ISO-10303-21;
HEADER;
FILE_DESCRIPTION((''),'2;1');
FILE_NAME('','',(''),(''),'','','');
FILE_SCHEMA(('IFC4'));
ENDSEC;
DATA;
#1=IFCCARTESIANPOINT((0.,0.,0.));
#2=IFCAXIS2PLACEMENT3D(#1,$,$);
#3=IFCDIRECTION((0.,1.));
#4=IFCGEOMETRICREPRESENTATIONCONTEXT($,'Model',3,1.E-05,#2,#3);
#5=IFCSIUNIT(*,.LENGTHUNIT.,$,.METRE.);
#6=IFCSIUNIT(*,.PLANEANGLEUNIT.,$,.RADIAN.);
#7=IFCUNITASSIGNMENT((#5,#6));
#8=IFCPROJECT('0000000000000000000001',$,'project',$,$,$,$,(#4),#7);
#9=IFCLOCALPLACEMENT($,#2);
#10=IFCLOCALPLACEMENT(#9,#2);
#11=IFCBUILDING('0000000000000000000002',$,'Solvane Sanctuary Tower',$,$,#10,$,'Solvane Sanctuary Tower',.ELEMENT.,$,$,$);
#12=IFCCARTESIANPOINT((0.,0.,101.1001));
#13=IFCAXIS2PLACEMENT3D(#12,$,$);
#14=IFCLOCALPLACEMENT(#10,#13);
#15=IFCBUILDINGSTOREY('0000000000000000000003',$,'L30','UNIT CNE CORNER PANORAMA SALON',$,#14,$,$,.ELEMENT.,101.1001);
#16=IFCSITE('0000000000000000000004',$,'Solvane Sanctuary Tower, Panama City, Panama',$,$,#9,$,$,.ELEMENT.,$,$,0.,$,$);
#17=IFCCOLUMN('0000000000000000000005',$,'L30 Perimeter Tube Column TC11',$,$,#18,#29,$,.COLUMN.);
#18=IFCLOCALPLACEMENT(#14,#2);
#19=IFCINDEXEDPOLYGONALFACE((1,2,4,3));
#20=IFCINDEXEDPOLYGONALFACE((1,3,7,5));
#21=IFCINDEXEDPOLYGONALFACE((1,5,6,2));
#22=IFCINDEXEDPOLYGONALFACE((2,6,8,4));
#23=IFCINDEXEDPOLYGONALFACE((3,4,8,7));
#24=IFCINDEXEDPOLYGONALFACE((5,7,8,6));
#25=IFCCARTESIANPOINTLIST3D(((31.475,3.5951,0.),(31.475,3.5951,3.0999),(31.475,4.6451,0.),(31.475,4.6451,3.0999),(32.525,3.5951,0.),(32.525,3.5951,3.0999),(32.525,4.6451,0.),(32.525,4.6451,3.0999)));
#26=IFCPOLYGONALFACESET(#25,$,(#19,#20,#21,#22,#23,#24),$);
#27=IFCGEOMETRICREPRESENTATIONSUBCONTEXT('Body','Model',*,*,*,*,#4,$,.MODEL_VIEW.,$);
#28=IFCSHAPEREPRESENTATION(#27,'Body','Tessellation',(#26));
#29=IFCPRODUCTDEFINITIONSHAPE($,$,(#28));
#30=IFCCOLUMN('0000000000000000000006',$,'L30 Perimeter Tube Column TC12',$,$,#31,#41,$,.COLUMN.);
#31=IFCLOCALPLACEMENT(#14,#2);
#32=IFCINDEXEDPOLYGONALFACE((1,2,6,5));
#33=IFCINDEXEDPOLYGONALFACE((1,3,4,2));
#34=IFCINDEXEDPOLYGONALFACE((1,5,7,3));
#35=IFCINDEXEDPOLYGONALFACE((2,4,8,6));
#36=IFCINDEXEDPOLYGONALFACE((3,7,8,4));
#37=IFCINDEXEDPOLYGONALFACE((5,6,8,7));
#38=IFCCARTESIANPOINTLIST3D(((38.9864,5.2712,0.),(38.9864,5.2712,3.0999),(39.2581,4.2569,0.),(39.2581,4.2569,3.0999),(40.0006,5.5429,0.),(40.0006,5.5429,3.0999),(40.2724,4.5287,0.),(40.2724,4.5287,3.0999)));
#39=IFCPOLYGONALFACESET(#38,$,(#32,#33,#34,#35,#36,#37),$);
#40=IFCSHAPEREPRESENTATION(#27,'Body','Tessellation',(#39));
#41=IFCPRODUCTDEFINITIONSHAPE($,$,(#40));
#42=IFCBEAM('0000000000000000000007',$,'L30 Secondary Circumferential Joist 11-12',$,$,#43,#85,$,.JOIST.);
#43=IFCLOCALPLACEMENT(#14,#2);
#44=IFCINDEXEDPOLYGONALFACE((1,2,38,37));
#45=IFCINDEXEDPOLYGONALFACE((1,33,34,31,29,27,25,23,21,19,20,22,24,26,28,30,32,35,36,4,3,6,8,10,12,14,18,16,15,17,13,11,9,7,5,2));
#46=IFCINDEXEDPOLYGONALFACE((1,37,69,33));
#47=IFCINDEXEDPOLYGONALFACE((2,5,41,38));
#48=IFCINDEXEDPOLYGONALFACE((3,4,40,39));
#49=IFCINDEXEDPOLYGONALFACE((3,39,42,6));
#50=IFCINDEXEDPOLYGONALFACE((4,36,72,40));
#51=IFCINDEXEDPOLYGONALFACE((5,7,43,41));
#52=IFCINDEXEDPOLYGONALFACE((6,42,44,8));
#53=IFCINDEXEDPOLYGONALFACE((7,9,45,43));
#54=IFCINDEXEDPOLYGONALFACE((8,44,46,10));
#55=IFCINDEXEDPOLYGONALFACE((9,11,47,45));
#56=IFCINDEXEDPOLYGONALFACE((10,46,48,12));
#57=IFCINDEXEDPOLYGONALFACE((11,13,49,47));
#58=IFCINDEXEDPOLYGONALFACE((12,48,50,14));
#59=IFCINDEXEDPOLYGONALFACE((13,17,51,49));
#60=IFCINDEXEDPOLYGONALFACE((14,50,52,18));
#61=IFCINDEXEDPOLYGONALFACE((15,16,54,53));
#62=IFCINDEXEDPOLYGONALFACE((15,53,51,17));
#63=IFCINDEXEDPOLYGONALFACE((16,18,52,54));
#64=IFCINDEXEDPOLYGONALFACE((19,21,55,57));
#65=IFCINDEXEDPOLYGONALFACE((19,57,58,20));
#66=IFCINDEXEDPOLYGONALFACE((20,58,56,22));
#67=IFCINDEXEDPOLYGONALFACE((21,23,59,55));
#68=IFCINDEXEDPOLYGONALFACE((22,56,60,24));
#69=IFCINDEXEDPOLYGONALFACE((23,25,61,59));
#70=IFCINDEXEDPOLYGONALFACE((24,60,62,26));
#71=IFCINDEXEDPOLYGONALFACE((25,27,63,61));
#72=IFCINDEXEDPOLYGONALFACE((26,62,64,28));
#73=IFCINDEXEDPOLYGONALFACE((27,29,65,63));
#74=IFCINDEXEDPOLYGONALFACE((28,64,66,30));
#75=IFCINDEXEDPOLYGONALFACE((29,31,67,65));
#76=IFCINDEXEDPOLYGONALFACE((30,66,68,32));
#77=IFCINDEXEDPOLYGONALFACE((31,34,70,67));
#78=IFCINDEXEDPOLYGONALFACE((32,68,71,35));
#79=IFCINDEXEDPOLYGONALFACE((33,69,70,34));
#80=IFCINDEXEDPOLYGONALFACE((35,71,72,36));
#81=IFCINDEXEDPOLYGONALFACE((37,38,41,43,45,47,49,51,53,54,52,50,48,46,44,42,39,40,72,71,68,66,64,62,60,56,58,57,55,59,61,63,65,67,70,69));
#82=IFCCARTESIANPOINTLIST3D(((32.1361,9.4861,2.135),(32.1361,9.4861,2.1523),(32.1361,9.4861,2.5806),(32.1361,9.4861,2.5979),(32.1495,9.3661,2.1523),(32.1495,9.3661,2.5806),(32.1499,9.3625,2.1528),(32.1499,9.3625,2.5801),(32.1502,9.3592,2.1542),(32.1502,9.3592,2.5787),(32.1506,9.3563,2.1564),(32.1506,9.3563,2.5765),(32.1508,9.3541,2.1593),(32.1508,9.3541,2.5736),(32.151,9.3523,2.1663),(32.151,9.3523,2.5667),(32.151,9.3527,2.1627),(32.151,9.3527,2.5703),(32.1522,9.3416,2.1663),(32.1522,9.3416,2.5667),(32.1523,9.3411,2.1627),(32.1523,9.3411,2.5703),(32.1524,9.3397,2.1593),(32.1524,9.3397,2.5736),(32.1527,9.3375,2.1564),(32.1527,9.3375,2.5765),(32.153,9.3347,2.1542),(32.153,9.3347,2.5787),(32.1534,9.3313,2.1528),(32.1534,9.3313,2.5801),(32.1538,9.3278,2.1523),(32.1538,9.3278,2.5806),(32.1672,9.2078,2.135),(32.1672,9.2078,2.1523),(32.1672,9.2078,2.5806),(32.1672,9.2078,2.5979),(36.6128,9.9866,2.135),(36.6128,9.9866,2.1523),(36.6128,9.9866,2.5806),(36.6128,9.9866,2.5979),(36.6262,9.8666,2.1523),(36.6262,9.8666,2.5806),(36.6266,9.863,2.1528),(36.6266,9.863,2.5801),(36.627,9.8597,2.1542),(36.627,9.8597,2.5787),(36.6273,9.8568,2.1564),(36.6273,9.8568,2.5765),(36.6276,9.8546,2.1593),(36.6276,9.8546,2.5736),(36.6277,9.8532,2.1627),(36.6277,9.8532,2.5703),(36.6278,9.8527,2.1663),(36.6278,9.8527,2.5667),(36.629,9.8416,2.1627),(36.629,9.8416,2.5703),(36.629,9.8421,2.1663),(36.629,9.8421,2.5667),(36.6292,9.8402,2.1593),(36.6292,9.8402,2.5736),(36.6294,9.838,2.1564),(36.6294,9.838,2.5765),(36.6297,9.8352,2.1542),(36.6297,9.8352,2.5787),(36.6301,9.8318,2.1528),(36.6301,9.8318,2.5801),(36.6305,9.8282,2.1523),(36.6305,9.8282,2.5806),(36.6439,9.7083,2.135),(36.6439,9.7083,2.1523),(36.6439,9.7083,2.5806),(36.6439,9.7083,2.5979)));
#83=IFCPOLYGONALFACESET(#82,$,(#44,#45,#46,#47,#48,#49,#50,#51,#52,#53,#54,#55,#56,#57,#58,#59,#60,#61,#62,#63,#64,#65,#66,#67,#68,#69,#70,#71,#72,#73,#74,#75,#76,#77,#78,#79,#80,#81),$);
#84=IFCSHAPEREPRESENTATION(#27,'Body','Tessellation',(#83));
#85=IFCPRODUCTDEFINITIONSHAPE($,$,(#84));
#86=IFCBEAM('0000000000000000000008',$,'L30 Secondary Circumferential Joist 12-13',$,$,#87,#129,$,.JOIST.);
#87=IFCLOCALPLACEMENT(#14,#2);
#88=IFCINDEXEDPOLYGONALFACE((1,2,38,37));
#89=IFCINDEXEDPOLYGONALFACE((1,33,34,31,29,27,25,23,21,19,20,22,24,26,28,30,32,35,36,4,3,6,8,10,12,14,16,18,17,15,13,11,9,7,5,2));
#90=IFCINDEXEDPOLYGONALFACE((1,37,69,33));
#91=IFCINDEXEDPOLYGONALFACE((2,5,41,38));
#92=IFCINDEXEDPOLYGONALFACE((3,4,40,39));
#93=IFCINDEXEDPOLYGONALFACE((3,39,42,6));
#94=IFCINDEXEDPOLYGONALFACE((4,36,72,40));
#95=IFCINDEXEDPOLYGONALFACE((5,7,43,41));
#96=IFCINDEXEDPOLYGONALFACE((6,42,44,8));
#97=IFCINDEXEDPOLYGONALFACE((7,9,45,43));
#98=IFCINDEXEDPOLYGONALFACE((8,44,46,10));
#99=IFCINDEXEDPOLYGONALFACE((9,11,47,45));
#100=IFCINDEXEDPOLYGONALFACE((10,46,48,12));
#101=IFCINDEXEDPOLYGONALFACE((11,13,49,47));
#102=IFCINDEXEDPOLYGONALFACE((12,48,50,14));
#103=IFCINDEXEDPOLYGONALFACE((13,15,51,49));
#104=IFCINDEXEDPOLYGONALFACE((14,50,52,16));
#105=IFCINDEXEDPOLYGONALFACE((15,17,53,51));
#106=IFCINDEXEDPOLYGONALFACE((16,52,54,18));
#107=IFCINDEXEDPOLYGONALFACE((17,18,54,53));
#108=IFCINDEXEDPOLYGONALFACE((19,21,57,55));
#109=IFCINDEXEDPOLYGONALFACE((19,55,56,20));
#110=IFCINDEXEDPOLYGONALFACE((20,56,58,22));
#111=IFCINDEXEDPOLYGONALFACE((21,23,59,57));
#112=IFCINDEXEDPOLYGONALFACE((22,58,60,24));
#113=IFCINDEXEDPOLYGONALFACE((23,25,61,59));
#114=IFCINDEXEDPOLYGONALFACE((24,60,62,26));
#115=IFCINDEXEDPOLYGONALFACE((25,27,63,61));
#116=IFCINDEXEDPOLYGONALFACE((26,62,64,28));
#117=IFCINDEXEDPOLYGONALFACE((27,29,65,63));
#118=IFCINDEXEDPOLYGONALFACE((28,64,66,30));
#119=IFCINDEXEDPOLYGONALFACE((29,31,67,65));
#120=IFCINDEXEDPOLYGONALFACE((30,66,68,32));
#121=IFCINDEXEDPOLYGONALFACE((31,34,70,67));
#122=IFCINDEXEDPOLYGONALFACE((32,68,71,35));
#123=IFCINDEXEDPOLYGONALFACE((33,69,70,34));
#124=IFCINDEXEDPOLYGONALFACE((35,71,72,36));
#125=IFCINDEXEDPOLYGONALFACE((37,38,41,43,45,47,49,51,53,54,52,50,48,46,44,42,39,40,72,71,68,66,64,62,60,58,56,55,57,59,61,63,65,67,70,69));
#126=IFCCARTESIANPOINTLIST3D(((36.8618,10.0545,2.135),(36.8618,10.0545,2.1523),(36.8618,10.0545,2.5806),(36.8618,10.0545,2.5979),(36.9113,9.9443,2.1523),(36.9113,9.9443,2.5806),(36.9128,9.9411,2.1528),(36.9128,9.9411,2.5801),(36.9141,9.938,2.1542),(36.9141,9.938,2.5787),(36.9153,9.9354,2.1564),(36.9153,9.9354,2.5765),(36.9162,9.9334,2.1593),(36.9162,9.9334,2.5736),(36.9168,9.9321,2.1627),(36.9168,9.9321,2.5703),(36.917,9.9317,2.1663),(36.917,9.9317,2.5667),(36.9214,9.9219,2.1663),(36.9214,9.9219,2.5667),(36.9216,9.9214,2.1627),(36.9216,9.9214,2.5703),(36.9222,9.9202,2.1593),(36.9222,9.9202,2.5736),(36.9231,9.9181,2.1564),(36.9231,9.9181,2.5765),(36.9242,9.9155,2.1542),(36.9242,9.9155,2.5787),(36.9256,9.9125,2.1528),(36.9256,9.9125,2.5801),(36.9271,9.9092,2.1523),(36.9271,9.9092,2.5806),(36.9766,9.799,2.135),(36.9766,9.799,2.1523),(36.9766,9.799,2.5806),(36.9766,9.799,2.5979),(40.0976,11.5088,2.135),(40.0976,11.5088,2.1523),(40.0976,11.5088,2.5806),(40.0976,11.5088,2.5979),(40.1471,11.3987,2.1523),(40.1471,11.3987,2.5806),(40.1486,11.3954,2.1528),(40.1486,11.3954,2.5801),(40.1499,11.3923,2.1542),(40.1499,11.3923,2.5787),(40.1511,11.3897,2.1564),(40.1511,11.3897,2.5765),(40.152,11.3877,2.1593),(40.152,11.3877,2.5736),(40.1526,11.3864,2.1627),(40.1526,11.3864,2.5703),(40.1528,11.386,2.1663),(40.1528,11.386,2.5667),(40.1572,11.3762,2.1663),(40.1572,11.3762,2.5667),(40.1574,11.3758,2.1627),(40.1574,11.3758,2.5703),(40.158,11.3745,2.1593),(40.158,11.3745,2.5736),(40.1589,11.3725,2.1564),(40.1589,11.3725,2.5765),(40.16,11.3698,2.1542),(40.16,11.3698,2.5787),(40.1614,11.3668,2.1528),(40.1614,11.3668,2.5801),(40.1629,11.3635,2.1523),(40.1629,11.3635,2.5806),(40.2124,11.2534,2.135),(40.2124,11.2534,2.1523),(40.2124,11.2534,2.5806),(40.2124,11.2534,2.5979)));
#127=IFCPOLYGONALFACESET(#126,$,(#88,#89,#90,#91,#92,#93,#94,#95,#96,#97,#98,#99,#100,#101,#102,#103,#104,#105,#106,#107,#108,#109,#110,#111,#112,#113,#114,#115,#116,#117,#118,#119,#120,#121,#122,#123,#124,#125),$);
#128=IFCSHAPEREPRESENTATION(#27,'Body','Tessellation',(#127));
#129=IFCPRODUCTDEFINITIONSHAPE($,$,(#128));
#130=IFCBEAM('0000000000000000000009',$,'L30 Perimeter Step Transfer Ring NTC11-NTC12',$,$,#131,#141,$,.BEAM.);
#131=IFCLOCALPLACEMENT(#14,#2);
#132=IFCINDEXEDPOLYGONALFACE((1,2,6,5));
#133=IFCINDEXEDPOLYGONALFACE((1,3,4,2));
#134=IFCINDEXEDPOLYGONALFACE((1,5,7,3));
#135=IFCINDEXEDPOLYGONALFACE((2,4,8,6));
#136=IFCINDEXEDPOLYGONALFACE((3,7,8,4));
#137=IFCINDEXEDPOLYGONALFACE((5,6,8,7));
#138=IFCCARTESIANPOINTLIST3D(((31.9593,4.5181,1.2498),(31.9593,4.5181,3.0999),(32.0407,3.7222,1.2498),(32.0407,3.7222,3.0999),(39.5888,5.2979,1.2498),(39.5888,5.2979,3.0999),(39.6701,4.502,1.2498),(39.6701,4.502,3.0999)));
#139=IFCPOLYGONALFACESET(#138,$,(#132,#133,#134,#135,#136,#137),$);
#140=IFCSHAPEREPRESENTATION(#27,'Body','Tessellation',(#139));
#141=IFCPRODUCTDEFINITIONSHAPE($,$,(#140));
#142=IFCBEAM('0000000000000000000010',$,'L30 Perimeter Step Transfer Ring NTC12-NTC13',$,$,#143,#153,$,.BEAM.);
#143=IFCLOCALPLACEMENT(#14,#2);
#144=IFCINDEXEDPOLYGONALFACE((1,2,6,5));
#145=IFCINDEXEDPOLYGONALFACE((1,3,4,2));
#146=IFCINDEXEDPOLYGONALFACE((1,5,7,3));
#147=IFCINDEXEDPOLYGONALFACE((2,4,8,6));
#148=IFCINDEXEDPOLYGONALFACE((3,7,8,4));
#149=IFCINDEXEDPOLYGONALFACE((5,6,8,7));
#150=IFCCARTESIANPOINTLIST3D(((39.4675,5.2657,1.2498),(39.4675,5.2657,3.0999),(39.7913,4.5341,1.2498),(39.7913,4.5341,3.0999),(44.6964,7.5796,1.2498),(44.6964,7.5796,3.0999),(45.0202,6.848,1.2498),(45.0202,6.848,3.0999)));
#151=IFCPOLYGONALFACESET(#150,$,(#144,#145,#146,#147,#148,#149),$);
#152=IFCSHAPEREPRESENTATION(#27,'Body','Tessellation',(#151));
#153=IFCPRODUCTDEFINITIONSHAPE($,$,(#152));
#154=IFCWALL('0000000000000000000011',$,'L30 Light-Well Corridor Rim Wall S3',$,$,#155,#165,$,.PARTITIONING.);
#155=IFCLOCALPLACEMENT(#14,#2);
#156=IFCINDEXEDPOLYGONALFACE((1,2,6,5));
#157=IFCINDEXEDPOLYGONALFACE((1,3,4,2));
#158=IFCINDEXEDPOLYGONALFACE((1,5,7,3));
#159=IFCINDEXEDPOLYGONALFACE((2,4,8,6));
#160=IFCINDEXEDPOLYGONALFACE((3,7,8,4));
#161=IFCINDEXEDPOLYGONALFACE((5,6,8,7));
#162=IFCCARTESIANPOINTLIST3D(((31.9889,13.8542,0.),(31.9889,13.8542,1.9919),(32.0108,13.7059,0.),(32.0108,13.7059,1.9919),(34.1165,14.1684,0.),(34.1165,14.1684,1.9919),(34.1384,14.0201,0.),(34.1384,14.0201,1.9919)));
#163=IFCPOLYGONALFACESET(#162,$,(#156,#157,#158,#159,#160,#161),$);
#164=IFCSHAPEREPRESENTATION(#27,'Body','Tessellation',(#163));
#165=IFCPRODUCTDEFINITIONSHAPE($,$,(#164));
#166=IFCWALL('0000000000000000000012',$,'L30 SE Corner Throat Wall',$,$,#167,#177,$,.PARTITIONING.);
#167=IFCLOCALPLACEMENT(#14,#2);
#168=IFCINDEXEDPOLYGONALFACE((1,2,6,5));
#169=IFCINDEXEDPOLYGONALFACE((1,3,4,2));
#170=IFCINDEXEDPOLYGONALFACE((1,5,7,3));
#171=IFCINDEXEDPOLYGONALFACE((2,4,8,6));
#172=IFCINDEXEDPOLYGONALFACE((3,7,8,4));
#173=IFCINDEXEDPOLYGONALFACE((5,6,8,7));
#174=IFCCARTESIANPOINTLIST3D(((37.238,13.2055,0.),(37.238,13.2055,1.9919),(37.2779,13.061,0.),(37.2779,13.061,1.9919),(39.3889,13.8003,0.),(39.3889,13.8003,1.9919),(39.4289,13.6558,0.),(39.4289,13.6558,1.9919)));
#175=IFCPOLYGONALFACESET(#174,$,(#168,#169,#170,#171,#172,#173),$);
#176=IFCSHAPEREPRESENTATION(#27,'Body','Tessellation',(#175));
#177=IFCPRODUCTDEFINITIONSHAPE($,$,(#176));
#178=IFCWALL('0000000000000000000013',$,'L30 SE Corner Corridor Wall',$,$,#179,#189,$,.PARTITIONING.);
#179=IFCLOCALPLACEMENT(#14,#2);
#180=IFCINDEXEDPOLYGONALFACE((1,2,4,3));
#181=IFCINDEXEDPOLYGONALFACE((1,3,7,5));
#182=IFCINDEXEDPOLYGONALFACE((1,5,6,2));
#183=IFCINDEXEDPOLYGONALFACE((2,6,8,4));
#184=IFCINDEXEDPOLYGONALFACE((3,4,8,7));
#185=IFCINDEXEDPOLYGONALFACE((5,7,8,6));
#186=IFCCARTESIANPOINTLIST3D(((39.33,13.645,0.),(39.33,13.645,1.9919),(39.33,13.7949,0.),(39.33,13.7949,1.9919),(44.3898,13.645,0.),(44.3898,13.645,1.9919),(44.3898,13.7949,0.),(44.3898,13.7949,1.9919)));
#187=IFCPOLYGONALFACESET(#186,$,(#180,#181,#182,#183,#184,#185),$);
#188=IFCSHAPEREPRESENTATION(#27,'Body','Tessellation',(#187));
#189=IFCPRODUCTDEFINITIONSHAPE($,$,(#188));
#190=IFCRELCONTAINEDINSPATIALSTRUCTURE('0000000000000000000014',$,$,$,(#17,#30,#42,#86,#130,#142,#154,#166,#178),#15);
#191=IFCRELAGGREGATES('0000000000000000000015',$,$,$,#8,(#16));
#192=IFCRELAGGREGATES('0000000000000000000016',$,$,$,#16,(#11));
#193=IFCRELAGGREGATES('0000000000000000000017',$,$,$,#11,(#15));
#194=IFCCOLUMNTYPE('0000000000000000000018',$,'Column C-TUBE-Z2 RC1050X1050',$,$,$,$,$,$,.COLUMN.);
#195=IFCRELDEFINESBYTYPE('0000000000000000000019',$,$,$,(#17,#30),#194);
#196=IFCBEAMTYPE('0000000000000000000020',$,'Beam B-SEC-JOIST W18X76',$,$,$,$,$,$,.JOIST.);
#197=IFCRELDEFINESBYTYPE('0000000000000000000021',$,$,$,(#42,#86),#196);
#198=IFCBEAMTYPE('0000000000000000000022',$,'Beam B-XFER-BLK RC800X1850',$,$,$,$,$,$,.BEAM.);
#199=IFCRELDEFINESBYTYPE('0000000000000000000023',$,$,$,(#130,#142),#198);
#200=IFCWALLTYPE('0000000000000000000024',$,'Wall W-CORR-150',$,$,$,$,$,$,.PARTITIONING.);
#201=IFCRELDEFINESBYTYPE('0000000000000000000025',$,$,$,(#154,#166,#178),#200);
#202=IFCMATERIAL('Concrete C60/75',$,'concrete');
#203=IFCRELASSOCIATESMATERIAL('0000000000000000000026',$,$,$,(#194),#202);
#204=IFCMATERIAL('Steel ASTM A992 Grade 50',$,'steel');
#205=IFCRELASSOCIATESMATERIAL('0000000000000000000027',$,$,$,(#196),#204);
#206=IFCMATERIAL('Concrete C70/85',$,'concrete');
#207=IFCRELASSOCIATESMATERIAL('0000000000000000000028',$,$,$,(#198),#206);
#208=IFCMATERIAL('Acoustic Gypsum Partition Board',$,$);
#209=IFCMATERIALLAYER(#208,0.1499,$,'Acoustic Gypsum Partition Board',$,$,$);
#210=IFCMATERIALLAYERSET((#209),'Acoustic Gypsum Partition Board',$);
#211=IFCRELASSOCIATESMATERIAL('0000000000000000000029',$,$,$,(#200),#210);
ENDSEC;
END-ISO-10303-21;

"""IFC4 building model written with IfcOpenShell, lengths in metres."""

from ifc_helpers import new_model, si_unit, direction, frame, frame_2d, origin, origin_2d, place, context, subcontext, project, spatial, rectangle, i_section, extrude, material, layer, layer_set, material_profile, profile_set, type_object, element, save


model = new_model("IFC4")

# Units and contexts
model_context = context("Model", 3, precision=1e-05, world=origin(), true_north=direction((0.0, 1.0)))
body_context = subcontext(model_context, "Body", "Model", "MODEL_VIEW")
ifc_project = project(units=[si_unit("LENGTHUNIT", "METRE"), si_unit("PLANEANGLEUNIT", "RADIAN")], contexts=[model_context])

# Site, building, storey
site_placement = place(None, origin())
site = spatial("IfcSite", under=ifc_project, at=site_placement, Name="Solvane Sanctuary Tower, Panama City, Panama", CompositionType="ELEMENT", RefElevation=0.0)
building_placement = place(site_placement, origin())
building = spatial("IfcBuilding", under=site, at=building_placement, Name="Solvane Sanctuary Tower", LongName="Solvane Sanctuary Tower", CompositionType="ELEMENT")
storey_placement = place(building_placement, frame((0.0, 0.0, 101.1001)))
storey = spatial("IfcBuildingStorey", under=building, at=storey_placement, Name="L30", Description="UNIT CNE CORNER PANORAMA SALON", CompositionType="ELEMENT", Elevation=101.1001)

# Columns
ifc_material_1 = material(Name="Concrete C60/75", Category="concrete")
ifc_material_profile_1 = material_profile(ifc_material_1, rectangle(XDim=1.05, YDim=1.05, at=origin_2d()), Name="RC1050X1050")
ifc_profile_set_1 = profile_set([ifc_material_profile_1], Name="Concrete C60/75")
column_type = type_object("IfcColumnType", Name="Column C-TUBE-Z2 RC1050X1050", PredefinedType="COLUMN", material=ifc_profile_set_1)
for number, where, z_axis, x_axis, name in (
    (1, (32.0, 4.1201, 0.0), (0.0, 0.0, 1.0), (0.0, -1.0, 0.0), "L30 Perimeter Tube Column TC11"),
    (2, (39.6294, 4.8999, 0.0), (0.0, 0.0, 1.0), (0.258819, -0.965926, 0.0), "L30 Perimeter Tube Column TC12"),
):
    element("IfcColumn", number, at=place(storey_placement, frame(where, z_axis=z_axis, x_axis=x_axis)), inside=storey, type_object=column_type, Name=name, PredefinedType="COLUMN", context=body_context, shape_type="SweptSolid", body=[
        extrude(rectangle(XDim=1.05, YDim=1.05, at=origin_2d()), origin(), (0.0, 0.0, 1.0), 3.0999),
    ])

# Beams
ifc_material_2 = material(Name="Steel ASTM A992 Grade 50", Category="steel")
ifc_material_profile_2 = material_profile(ifc_material_2, i_section(OverallWidth=0.28, OverallDepth=0.4629, WebThickness=0.0107, FlangeThickness=0.0173, FilletRadius=0.0139, at=origin_2d()), Name="W18X76")
ifc_profile_set_2 = profile_set([ifc_material_profile_2], Name="Steel ASTM A992 Grade 50")
beam_type_1 = type_object("IfcBeamType", Name="Beam B-SEC-JOIST W18X76", PredefinedType="JOIST", material=ifc_profile_set_2)
beam_1_placement = place(storey_placement, frame((32.1516, 9.3469, 2.3665), z_axis=(0.993809, 0.111104, 0.0), x_axis=(-0.111104, 0.993809, 0.0)))
element("IfcBeam", 3, at=beam_1_placement, inside=storey, type_object=beam_type_1, Name="L30 Secondary Circumferential Joist 11-12", PredefinedType="JOIST", context=body_context, shape_type="SweptSolid", body=[
    extrude(i_section(OverallWidth=0.28, OverallDepth=0.4629, WebThickness=0.0107, FlangeThickness=0.0173, FilletRadius=0.0139, at=origin_2d()), origin(), (0.0, 0.0, 1.0), 4.5046),
])
beam_2_placement = place(storey_placement, frame((36.9192, 9.9268, 2.3665), z_axis=(0.912109, 0.409947, 0.0), x_axis=(-0.409947, 0.912109, 0.0)))
element("IfcBeam", 4, at=beam_2_placement, inside=storey, type_object=beam_type_1, Name="L30 Secondary Circumferential Joist 12-13", PredefinedType="JOIST", context=body_context, shape_type="SweptSolid", body=[
    extrude(i_section(OverallWidth=0.28, OverallDepth=0.4629, WebThickness=0.0107, FlangeThickness=0.0173, FilletRadius=0.0139, at=origin_2d()), origin(), (0.0, 0.0, 1.0), 3.5476),
])
ifc_material_3 = material(Name="Concrete C70/85", Category="concrete")
ifc_material_profile_3 = material_profile(ifc_material_3, rectangle(XDim=0.8, YDim=1.8501, at=origin_2d()), Name="RC800X1850")
ifc_profile_set_3 = profile_set([ifc_material_profile_3], Name="Concrete C70/85")
beam_type_2 = type_object("IfcBeamType", Name="Beam B-XFER-BLK RC800X1850", PredefinedType="BEAM", material=ifc_profile_set_3)
beam_3_placement = place(storey_placement, frame((32.0, 4.1201, 2.1748), z_axis=(0.994817, 0.101678, 0.0), x_axis=(-0.101678, 0.994817, 0.0)))
element("IfcBeam", 5, at=beam_3_placement, inside=storey, type_object=beam_type_2, Name="L30 Perimeter Step Transfer Ring NTC11-NTC12", PredefinedType="BEAM", context=body_context, shape_type="SweptSolid", body=[
    extrude(rectangle(XDim=0.8, YDim=1.8501, at=origin_2d()), origin(), (0.0, 0.0, 1.0), 7.6692),
])
beam_4_placement = place(storey_placement, frame((39.6294, 4.8999, 2.1748), z_axis=(0.914462, 0.404672, 0.0), x_axis=(-0.404672, 0.914462, 0.0)))
element("IfcBeam", 6, at=beam_4_placement, inside=storey, type_object=beam_type_2, Name="L30 Perimeter Step Transfer Ring NTC12-NTC13", PredefinedType="BEAM", context=body_context, shape_type="SweptSolid", body=[
    extrude(rectangle(XDim=0.8, YDim=1.8501, at=origin_2d()), origin(), (0.0, 0.0, 1.0), 5.718),
])

# Walls
ifc_material_4 = material(Name="Acoustic Gypsum Partition Board")
ifc_layer_1 = layer(ifc_material_4, 0.1499, Name="Acoustic Gypsum Partition Board")
ifc_layer_set_1 = layer_set([ifc_layer_1], Name="Acoustic Gypsum Partition Board")
wall_type_1 = type_object("IfcWallType", Name="Wall W-CORR-150", PredefinedType="PARTITIONING", material=ifc_layer_set_1)
wall_1_placement = place(storey_placement, frame((32.0, 13.78, 0.0), z_axis=(0.0, 0.0, 1.0), x_axis=(0.989269, 0.146108, 0.0)))
element("IfcWall", 7, at=wall_1_placement, inside=storey, type_object=wall_type_1, Name="L30 Light-Well Corridor Rim Wall S3", PredefinedType="PARTITIONING", context=body_context, shape_type="SweptSolid", body=[
    extrude(rectangle(XDim=2.1506, YDim=0.1499, at=frame_2d((1.0752, 0.0))), origin(), (0.0, 0.0, 1.0), 1.9919),
])
wall_2_placement = place(storey_placement, frame((37.2581, 13.1333, 0.0), z_axis=(0.0, 0.0, 1.0), x_axis=(0.963834, 0.266504, 0.0)))
element("IfcWall", 8, at=wall_2_placement, inside=storey, type_object=wall_type_1, Name="L30 SE Corner Throat Wall", PredefinedType="PARTITIONING", context=body_context, shape_type="SweptSolid", body=[
    extrude(rectangle(XDim=2.2317, YDim=0.1499, at=frame_2d((1.1157, 0.0))), origin(), (0.0, 0.0, 1.0), 1.9919),
])
wall_3_placement = place(storey_placement, frame((39.3301, 13.72, 0.0), z_axis=(0.0, 0.0, 1.0), x_axis=(1.0, 0.0, 0.0)))
element("IfcWall", 9, at=wall_3_placement, inside=storey, type_object=wall_type_1, Name="L30 SE Corner Corridor Wall", PredefinedType="PARTITIONING", context=body_context, shape_type="SweptSolid", body=[
    extrude(rectangle(XDim=5.0598, YDim=0.1499, at=frame_2d((2.5298, 0.0))), origin(), (0.0, 0.0, 1.0), 1.9919),
])

save(model, "model.ifc")
